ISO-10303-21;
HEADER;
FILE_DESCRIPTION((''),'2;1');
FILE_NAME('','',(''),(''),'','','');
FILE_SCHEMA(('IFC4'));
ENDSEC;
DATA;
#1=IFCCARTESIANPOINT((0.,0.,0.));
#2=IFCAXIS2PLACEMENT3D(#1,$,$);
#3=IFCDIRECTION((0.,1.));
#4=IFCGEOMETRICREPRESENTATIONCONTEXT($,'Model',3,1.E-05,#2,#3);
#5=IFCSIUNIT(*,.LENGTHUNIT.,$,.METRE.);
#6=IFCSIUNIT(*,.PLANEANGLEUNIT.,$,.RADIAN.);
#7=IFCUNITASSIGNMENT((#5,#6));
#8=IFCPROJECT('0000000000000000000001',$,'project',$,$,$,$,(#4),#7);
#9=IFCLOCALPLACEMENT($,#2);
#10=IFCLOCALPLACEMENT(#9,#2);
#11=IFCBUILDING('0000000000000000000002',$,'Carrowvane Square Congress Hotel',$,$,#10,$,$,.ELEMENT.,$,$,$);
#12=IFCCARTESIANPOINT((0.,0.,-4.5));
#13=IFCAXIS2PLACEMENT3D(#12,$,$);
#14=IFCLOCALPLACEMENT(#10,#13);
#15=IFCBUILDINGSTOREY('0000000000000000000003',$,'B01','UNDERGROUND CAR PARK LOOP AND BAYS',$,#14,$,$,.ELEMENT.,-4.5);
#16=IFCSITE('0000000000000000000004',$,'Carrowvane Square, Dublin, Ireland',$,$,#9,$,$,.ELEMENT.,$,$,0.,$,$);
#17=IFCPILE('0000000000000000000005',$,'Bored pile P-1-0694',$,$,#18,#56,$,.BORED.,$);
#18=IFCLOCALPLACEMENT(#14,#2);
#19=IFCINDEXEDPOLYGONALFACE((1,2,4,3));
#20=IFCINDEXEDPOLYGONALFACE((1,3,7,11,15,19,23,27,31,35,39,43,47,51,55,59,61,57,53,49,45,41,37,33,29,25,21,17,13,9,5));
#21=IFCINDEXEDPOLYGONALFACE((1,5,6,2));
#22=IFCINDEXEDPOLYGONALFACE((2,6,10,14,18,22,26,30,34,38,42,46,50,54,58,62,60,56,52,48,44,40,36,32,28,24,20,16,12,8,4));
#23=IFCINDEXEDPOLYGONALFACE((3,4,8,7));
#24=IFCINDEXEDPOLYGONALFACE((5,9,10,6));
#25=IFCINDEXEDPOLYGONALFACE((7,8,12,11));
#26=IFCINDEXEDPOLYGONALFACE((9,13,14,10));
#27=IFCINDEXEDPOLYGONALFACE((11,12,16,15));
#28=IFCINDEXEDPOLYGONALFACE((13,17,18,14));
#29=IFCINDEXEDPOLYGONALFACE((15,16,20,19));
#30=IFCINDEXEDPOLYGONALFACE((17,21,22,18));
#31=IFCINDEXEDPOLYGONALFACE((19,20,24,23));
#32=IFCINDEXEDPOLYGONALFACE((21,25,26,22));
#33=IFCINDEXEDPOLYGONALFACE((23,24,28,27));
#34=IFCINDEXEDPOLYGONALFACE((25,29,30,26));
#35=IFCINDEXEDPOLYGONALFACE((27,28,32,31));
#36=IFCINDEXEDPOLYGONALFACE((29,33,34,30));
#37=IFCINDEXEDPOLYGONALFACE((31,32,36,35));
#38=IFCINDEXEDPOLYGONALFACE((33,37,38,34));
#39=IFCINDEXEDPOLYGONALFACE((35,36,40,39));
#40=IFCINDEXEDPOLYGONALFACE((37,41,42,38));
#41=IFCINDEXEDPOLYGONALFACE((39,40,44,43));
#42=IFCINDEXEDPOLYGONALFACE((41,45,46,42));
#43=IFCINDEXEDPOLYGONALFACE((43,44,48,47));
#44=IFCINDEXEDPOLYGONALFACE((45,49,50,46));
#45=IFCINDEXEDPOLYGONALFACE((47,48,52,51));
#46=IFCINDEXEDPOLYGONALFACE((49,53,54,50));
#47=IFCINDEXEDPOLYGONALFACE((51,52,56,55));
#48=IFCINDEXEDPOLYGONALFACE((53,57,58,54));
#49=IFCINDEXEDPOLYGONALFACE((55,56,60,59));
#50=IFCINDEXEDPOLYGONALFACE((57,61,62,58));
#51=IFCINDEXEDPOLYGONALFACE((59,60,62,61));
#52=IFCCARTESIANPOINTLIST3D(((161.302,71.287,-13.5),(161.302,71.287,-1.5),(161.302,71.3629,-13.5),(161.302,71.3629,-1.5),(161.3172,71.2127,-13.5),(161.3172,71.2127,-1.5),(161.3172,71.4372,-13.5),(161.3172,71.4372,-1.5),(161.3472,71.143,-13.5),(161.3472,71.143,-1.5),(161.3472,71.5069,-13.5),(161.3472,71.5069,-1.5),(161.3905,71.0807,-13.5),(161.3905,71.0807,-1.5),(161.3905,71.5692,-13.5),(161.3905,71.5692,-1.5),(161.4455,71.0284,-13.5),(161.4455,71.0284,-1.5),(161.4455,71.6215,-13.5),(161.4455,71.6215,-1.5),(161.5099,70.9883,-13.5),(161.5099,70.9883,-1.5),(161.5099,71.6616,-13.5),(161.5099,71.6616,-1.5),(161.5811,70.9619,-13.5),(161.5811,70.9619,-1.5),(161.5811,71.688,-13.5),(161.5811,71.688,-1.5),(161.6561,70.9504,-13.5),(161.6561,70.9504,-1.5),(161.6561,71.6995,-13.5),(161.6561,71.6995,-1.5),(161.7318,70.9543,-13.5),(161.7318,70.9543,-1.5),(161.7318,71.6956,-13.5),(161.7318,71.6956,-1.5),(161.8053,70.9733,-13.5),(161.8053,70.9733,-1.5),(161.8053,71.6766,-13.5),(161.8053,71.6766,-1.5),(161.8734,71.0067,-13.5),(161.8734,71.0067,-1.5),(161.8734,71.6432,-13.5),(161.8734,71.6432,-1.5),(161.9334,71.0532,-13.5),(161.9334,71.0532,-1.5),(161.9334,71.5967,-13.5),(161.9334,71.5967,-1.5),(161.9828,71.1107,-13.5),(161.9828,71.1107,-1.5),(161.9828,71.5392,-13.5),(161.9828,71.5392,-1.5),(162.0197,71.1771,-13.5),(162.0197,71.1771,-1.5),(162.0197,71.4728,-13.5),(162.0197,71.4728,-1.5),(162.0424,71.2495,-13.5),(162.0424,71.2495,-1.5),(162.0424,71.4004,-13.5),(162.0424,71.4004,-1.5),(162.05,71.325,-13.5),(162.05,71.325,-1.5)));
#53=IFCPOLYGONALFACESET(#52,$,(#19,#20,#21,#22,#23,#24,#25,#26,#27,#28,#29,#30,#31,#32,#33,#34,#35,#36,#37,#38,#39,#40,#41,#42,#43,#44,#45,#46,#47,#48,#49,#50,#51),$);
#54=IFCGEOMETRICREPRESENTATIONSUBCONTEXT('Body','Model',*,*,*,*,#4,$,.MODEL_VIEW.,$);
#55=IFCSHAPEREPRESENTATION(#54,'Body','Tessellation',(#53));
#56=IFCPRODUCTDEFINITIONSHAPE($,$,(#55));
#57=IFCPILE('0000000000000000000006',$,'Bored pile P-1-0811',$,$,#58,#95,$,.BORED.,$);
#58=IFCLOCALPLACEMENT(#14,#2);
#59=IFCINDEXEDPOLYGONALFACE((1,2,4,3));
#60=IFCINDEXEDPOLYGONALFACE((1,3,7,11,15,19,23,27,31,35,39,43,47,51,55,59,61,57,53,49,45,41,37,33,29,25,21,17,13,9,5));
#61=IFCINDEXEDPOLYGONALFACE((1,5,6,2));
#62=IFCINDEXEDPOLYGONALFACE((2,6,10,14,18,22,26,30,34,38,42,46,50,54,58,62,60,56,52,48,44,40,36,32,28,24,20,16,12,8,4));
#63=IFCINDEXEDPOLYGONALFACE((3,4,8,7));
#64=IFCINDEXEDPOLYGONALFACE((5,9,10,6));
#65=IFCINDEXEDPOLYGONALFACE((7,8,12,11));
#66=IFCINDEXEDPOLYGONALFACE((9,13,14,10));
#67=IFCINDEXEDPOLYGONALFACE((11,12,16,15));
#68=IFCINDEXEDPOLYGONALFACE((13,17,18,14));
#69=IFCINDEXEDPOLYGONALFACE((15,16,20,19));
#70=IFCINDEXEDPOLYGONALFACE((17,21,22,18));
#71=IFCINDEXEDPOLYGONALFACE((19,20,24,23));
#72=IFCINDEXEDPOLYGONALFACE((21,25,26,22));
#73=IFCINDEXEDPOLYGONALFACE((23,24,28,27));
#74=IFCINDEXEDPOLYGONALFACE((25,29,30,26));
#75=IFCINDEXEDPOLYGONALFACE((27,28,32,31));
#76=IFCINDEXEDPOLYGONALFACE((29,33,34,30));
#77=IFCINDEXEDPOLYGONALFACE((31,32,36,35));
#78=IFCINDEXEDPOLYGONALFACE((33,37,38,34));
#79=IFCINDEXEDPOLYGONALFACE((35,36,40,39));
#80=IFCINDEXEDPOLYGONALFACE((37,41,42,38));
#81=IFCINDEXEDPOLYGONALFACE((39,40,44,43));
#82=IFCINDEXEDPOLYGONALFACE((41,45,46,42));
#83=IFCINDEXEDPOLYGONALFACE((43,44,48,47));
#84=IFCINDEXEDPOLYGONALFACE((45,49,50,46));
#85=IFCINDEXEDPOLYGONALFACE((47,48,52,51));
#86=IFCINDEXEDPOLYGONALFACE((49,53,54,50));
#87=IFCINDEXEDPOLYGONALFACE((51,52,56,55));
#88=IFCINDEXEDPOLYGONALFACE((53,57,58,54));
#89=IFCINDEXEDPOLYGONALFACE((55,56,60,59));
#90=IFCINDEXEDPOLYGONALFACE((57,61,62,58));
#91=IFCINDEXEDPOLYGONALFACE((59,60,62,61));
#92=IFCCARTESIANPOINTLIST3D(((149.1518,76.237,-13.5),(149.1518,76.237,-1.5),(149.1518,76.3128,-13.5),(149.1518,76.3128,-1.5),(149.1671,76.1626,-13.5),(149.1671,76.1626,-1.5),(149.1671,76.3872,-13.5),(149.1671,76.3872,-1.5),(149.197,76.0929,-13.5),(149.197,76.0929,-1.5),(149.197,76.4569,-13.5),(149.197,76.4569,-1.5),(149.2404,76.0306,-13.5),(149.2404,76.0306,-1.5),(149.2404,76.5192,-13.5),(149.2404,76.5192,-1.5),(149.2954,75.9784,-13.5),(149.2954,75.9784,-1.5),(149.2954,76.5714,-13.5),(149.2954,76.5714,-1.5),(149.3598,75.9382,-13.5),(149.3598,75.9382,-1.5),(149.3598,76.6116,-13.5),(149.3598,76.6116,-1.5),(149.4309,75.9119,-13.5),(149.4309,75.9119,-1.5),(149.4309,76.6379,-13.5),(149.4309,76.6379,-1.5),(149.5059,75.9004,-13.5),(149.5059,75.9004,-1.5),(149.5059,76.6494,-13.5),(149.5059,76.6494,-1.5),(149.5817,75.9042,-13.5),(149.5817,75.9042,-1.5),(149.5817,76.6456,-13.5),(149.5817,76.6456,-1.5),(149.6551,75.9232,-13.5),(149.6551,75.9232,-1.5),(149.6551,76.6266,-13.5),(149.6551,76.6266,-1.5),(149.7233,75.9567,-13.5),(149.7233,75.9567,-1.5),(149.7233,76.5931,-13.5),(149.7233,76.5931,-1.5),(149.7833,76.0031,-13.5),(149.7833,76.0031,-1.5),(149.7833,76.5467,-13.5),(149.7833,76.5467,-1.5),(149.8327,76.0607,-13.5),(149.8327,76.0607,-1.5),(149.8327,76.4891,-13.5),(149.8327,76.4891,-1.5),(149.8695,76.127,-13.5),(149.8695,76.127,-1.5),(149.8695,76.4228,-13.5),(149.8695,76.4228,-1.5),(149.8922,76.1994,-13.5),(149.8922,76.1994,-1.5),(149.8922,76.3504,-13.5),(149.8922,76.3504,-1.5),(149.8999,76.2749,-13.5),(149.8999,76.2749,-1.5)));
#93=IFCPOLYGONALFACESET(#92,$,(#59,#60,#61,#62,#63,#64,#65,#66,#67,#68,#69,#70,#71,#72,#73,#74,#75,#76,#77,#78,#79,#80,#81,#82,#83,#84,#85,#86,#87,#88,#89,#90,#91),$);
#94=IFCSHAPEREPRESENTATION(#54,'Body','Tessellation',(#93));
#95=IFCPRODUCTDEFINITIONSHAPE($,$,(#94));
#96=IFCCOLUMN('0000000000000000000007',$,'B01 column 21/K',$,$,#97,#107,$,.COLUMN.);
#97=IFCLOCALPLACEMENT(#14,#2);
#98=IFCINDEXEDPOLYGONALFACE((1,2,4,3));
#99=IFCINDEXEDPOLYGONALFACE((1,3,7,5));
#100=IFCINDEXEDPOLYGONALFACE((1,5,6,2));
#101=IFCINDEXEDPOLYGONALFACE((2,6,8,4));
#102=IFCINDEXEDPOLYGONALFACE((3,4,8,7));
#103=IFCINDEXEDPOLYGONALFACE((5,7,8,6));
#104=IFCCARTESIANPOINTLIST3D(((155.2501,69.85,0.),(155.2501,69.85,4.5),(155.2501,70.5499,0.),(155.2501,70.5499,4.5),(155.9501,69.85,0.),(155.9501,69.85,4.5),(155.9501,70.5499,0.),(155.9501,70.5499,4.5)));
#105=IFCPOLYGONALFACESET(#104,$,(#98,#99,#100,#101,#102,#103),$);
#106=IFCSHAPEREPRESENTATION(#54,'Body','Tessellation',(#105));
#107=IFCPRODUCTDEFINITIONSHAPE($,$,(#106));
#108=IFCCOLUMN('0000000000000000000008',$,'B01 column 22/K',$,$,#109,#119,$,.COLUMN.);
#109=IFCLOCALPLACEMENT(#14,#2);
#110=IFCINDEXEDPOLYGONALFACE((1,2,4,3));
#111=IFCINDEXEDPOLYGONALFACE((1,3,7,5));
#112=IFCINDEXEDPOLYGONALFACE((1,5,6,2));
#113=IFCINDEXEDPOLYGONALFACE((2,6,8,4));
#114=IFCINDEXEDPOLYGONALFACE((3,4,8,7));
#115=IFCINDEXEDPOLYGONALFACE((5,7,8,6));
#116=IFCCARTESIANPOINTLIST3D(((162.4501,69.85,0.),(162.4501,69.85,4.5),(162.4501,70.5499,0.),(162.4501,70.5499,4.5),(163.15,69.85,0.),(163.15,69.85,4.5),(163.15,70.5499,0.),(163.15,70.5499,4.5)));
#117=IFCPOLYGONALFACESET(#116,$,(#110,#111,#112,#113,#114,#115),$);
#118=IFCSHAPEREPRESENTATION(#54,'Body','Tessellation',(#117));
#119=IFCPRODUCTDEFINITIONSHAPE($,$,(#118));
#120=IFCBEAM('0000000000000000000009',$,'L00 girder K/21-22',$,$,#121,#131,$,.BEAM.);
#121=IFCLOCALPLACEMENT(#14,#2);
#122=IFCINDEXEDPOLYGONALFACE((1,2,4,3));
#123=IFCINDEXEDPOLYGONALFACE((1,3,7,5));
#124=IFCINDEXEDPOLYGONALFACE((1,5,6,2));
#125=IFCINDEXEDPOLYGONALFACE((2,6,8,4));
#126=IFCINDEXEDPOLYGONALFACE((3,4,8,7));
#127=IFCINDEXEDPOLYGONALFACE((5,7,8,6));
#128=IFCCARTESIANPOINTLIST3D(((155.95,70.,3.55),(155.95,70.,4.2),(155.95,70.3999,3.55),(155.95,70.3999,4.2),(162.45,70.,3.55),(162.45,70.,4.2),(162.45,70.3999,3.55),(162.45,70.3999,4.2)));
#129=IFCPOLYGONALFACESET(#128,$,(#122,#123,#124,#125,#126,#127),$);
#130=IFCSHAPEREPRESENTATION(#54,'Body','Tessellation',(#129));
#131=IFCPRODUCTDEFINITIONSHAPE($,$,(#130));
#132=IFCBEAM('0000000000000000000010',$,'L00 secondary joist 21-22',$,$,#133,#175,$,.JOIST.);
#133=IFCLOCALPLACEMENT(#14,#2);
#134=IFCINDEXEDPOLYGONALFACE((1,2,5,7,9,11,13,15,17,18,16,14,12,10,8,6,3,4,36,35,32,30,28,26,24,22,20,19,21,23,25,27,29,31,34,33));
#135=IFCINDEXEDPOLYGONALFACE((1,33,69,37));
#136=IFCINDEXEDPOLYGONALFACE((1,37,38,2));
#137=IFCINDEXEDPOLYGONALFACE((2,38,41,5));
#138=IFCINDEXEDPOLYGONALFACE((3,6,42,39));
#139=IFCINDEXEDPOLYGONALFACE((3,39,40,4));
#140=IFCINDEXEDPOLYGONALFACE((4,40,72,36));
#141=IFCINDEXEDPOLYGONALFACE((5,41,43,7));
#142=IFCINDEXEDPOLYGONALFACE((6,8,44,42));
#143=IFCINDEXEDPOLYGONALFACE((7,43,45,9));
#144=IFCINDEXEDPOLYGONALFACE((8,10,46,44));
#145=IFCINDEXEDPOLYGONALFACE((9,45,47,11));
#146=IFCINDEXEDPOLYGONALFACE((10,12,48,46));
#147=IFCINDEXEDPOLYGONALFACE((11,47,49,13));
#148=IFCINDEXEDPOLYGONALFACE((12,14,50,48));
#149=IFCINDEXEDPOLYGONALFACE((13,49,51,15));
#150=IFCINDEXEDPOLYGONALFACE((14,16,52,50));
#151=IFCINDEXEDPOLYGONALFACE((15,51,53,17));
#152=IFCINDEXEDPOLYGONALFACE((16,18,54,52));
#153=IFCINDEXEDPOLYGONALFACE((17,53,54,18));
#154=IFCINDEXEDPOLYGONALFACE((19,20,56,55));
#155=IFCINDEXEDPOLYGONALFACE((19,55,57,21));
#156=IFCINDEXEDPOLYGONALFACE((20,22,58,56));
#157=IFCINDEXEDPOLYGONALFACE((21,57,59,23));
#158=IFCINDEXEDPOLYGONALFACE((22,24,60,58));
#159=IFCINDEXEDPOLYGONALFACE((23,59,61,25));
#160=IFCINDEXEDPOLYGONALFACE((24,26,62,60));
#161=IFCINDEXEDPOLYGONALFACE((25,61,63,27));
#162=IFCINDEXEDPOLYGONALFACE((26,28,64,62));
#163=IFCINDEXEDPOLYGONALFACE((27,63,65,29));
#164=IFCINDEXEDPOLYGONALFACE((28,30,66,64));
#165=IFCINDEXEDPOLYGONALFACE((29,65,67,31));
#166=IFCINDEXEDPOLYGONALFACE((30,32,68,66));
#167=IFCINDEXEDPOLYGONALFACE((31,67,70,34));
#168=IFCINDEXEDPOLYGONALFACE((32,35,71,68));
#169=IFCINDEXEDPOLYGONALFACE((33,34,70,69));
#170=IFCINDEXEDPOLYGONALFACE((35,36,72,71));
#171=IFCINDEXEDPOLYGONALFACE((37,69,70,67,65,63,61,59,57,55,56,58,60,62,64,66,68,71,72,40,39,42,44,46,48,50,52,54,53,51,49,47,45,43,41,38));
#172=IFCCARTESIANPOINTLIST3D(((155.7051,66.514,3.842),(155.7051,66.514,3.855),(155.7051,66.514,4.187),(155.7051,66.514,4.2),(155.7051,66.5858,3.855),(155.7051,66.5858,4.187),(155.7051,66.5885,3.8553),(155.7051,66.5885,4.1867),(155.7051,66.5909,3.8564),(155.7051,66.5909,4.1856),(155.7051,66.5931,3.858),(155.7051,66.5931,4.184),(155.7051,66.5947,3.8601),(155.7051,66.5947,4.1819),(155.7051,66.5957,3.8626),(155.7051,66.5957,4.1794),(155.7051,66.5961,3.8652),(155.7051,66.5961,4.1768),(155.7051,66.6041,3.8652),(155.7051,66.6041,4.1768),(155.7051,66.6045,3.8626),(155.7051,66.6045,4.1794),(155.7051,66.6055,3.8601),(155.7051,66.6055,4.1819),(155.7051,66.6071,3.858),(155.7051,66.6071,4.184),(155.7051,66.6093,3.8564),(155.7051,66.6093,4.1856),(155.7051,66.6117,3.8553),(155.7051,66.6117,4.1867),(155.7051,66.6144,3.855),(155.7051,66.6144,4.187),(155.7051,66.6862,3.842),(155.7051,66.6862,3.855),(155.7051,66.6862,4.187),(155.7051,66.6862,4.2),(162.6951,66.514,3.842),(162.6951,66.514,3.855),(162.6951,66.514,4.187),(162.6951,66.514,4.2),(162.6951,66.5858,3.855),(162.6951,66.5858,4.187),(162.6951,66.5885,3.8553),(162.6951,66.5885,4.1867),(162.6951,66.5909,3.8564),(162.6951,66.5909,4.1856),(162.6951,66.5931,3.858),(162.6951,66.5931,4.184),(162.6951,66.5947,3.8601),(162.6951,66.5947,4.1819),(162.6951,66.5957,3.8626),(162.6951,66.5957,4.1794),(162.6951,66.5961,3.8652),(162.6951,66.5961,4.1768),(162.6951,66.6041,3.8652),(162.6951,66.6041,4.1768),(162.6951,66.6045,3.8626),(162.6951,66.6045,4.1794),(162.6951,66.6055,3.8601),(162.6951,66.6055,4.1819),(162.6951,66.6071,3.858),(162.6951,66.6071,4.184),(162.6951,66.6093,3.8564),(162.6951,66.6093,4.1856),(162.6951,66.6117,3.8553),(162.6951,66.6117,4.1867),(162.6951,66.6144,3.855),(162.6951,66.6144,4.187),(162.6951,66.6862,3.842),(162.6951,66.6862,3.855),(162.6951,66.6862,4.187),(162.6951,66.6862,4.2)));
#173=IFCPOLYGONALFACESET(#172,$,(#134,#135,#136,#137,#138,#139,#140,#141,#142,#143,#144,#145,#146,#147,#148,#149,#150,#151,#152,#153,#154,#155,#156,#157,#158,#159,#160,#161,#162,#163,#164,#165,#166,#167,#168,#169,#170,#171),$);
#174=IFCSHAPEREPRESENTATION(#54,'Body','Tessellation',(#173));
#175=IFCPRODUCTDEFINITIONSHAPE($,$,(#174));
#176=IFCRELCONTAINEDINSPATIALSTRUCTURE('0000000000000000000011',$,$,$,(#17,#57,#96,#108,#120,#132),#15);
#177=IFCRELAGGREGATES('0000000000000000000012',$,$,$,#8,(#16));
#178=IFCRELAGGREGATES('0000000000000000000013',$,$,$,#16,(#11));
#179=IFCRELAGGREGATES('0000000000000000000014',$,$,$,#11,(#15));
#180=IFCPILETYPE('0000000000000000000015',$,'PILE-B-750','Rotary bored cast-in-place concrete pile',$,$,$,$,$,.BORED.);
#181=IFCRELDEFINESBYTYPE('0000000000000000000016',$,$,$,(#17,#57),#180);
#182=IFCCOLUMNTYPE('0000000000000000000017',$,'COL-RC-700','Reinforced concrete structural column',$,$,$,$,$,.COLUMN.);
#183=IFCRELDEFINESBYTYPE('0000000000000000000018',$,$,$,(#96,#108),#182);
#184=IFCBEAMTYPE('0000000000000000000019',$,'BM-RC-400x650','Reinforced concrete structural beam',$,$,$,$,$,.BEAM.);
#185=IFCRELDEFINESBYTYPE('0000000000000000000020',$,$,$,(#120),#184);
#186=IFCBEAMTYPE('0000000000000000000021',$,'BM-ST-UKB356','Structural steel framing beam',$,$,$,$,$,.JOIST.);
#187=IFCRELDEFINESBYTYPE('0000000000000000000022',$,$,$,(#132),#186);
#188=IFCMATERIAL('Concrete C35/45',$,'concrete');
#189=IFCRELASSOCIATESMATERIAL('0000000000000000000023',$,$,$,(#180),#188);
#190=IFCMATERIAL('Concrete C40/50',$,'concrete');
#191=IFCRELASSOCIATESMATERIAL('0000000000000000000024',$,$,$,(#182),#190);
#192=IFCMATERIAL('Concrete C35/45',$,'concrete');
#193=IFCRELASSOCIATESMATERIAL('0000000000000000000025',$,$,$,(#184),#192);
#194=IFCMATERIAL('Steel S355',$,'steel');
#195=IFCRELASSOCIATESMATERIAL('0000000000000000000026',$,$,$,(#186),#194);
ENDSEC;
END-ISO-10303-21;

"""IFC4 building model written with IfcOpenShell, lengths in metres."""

from ifc_helpers import new_model, si_unit, direction, frame, origin, origin_2d, place, context, subcontext, project, spatial, rectangle, circle, i_section, extrude, material, material_profile, profile_set, type_object, element, save


model = new_model("IFC4")

# Units and contexts
model_context = context("Model", 3, precision=1e-05, world=origin(), true_north=direction((0.0, 1.0)))
body_context = subcontext(model_context, "Body", "Model", "MODEL_VIEW")
ifc_project = project(units=[si_unit("LENGTHUNIT", "METRE"), si_unit("PLANEANGLEUNIT", "RADIAN")], contexts=[model_context])

# Site, building, storey
site_placement = place(None, origin())
site = spatial("IfcSite", under=ifc_project, at=site_placement, Name="Carrowvane Square, Dublin, Ireland", CompositionType="ELEMENT", RefElevation=0.0)
building_placement = place(site_placement, origin())
building = spatial("IfcBuilding", under=site, at=building_placement, Name="Carrowvane Square Congress Hotel", CompositionType="ELEMENT")
storey_placement = place(building_placement, frame((0.0, 0.0, -4.5)))
storey = spatial("IfcBuildingStorey", under=building, at=storey_placement, Name="B01", Description="UNDERGROUND CAR PARK LOOP AND BAYS", CompositionType="ELEMENT", Elevation=-4.5)

# Piles
ifc_material_1 = material(Name="Concrete C35/45", Category="concrete")
ifc_material_profile_1 = material_profile(ifc_material_1, circle(Radius=0.375, at=origin_2d()), Name="PILE D750")
ifc_profile_set_1 = profile_set([ifc_material_profile_1], Name="Concrete C35/45")
pile_type = type_object("IfcPileType", Name="PILE-B-750", Description="Rotary bored cast-in-place concrete pile", PredefinedType="BORED", material=ifc_profile_set_1)
for number, where, z_axis, x_axis, name in (
    (1, (161.675, 71.325, -1.5), (0.0, 0.0, -1.0), (1.0, 0.0, 0.0), "Bored pile P-1-0694"),
    (2, (149.5249, 76.2749, -1.5), (0.0, 0.0, -1.0), (1.0, 0.0, 0.0), "Bored pile P-1-0811"),
):
    element("IfcPile", number, at=place(storey_placement, frame(where, z_axis=z_axis, x_axis=x_axis)), inside=storey, type_object=pile_type, Name=name, PredefinedType="BORED", context=body_context, shape_type="SweptSolid", body=[
        extrude(circle(Radius=0.375, at=origin_2d()), origin(), (0.0, 0.0, 1.0), 12.0),
    ])

# Columns
ifc_material_2 = material(Name="Concrete C40/50", Category="concrete")
ifc_material_profile_2 = material_profile(ifc_material_2, rectangle(XDim=0.7, YDim=0.7, at=origin_2d()), Name="RC 700x700")
ifc_profile_set_2 = profile_set([ifc_material_profile_2], Name="Concrete C40/50")
column_type = type_object("IfcColumnType", Name="COL-RC-700", Description="Reinforced concrete structural column", PredefinedType="COLUMN", material=ifc_profile_set_2)
for number, where, z_axis, x_axis, name in (
    (3, (155.6001, 70.2, 0.0), (0.0, 0.0, 1.0), (1.0, 0.0, 0.0), "B01 column 21/K"),
    (4, (162.8, 70.2, 0.0), (0.0, 0.0, 1.0), (1.0, 0.0, 0.0), "B01 column 22/K"),
):
    element("IfcColumn", number, at=place(storey_placement, frame(where, z_axis=z_axis, x_axis=x_axis)), inside=storey, type_object=column_type, Name=name, PredefinedType="COLUMN", context=body_context, shape_type="SweptSolid", body=[
        extrude(rectangle(XDim=0.7, YDim=0.7, at=origin_2d()), origin(), (0.0, 0.0, 1.0), 4.5),
    ])

# Beams
ifc_material_3 = material(Name="Concrete C35/45", Category="concrete")
ifc_material_profile_3 = material_profile(ifc_material_3, rectangle(XDim=0.3999, YDim=0.6499, at=origin_2d()), Name="RC 400x650")
ifc_profile_set_3 = profile_set([ifc_material_profile_3], Name="Concrete C35/45")
beam_type_1 = type_object("IfcBeamType", Name="BM-RC-400x650", Description="Reinforced concrete structural beam", PredefinedType="BEAM", material=ifc_profile_set_3)
beam_placement = place(storey_placement, frame((155.95, 70.2, 3.875), z_axis=(1.0, 0.0, 0.0), x_axis=(0.0, 1.0, 0.0)))
element("IfcBeam", 5, at=beam_placement, inside=storey, type_object=beam_type_1, Name="L00 girder K/21-22", PredefinedType="BEAM", context=body_context, shape_type="SweptSolid", body=[
    extrude(rectangle(XDim=0.3999, YDim=0.6499, at=origin_2d()), origin(), (0.0, 0.0, 1.0), 6.5),
])
ifc_material_4 = material(Name="Steel S355", Category="steel")
ifc_material_profile_4 = material_profile(ifc_material_4, i_section(OverallWidth=0.1721, OverallDepth=0.3579, WebThickness=0.0081, FlangeThickness=0.0129, FilletRadius=0.0103, at=origin_2d()), Name="UKB 356x171x57")
ifc_profile_set_4 = profile_set([ifc_material_profile_4], Name="Steel S355")
beam_type_2 = type_object("IfcBeamType", Name="BM-ST-UKB356", Description="Structural steel framing beam", PredefinedType="JOIST", material=ifc_profile_set_4)
for number, where, z_axis, x_axis, name in (
    (6, (155.7051, 66.6001, 4.021), (1.0, 0.0, 0.0), (0.0, 1.0, 0.0), "L00 secondary joist 21-22"),
):
    element("IfcBeam", number, at=place(storey_placement, frame(where, z_axis=z_axis, x_axis=x_axis)), inside=storey, type_object=beam_type_2, Name=name, PredefinedType="JOIST", context=body_context, shape_type="SweptSolid", body=[
        extrude(i_section(OverallWidth=0.1721, OverallDepth=0.3579, WebThickness=0.0081, FlangeThickness=0.0129, FilletRadius=0.0103, at=origin_2d()), origin(), (0.0, 0.0, 1.0), 6.99),
    ])

save(model, "model.ifc")
